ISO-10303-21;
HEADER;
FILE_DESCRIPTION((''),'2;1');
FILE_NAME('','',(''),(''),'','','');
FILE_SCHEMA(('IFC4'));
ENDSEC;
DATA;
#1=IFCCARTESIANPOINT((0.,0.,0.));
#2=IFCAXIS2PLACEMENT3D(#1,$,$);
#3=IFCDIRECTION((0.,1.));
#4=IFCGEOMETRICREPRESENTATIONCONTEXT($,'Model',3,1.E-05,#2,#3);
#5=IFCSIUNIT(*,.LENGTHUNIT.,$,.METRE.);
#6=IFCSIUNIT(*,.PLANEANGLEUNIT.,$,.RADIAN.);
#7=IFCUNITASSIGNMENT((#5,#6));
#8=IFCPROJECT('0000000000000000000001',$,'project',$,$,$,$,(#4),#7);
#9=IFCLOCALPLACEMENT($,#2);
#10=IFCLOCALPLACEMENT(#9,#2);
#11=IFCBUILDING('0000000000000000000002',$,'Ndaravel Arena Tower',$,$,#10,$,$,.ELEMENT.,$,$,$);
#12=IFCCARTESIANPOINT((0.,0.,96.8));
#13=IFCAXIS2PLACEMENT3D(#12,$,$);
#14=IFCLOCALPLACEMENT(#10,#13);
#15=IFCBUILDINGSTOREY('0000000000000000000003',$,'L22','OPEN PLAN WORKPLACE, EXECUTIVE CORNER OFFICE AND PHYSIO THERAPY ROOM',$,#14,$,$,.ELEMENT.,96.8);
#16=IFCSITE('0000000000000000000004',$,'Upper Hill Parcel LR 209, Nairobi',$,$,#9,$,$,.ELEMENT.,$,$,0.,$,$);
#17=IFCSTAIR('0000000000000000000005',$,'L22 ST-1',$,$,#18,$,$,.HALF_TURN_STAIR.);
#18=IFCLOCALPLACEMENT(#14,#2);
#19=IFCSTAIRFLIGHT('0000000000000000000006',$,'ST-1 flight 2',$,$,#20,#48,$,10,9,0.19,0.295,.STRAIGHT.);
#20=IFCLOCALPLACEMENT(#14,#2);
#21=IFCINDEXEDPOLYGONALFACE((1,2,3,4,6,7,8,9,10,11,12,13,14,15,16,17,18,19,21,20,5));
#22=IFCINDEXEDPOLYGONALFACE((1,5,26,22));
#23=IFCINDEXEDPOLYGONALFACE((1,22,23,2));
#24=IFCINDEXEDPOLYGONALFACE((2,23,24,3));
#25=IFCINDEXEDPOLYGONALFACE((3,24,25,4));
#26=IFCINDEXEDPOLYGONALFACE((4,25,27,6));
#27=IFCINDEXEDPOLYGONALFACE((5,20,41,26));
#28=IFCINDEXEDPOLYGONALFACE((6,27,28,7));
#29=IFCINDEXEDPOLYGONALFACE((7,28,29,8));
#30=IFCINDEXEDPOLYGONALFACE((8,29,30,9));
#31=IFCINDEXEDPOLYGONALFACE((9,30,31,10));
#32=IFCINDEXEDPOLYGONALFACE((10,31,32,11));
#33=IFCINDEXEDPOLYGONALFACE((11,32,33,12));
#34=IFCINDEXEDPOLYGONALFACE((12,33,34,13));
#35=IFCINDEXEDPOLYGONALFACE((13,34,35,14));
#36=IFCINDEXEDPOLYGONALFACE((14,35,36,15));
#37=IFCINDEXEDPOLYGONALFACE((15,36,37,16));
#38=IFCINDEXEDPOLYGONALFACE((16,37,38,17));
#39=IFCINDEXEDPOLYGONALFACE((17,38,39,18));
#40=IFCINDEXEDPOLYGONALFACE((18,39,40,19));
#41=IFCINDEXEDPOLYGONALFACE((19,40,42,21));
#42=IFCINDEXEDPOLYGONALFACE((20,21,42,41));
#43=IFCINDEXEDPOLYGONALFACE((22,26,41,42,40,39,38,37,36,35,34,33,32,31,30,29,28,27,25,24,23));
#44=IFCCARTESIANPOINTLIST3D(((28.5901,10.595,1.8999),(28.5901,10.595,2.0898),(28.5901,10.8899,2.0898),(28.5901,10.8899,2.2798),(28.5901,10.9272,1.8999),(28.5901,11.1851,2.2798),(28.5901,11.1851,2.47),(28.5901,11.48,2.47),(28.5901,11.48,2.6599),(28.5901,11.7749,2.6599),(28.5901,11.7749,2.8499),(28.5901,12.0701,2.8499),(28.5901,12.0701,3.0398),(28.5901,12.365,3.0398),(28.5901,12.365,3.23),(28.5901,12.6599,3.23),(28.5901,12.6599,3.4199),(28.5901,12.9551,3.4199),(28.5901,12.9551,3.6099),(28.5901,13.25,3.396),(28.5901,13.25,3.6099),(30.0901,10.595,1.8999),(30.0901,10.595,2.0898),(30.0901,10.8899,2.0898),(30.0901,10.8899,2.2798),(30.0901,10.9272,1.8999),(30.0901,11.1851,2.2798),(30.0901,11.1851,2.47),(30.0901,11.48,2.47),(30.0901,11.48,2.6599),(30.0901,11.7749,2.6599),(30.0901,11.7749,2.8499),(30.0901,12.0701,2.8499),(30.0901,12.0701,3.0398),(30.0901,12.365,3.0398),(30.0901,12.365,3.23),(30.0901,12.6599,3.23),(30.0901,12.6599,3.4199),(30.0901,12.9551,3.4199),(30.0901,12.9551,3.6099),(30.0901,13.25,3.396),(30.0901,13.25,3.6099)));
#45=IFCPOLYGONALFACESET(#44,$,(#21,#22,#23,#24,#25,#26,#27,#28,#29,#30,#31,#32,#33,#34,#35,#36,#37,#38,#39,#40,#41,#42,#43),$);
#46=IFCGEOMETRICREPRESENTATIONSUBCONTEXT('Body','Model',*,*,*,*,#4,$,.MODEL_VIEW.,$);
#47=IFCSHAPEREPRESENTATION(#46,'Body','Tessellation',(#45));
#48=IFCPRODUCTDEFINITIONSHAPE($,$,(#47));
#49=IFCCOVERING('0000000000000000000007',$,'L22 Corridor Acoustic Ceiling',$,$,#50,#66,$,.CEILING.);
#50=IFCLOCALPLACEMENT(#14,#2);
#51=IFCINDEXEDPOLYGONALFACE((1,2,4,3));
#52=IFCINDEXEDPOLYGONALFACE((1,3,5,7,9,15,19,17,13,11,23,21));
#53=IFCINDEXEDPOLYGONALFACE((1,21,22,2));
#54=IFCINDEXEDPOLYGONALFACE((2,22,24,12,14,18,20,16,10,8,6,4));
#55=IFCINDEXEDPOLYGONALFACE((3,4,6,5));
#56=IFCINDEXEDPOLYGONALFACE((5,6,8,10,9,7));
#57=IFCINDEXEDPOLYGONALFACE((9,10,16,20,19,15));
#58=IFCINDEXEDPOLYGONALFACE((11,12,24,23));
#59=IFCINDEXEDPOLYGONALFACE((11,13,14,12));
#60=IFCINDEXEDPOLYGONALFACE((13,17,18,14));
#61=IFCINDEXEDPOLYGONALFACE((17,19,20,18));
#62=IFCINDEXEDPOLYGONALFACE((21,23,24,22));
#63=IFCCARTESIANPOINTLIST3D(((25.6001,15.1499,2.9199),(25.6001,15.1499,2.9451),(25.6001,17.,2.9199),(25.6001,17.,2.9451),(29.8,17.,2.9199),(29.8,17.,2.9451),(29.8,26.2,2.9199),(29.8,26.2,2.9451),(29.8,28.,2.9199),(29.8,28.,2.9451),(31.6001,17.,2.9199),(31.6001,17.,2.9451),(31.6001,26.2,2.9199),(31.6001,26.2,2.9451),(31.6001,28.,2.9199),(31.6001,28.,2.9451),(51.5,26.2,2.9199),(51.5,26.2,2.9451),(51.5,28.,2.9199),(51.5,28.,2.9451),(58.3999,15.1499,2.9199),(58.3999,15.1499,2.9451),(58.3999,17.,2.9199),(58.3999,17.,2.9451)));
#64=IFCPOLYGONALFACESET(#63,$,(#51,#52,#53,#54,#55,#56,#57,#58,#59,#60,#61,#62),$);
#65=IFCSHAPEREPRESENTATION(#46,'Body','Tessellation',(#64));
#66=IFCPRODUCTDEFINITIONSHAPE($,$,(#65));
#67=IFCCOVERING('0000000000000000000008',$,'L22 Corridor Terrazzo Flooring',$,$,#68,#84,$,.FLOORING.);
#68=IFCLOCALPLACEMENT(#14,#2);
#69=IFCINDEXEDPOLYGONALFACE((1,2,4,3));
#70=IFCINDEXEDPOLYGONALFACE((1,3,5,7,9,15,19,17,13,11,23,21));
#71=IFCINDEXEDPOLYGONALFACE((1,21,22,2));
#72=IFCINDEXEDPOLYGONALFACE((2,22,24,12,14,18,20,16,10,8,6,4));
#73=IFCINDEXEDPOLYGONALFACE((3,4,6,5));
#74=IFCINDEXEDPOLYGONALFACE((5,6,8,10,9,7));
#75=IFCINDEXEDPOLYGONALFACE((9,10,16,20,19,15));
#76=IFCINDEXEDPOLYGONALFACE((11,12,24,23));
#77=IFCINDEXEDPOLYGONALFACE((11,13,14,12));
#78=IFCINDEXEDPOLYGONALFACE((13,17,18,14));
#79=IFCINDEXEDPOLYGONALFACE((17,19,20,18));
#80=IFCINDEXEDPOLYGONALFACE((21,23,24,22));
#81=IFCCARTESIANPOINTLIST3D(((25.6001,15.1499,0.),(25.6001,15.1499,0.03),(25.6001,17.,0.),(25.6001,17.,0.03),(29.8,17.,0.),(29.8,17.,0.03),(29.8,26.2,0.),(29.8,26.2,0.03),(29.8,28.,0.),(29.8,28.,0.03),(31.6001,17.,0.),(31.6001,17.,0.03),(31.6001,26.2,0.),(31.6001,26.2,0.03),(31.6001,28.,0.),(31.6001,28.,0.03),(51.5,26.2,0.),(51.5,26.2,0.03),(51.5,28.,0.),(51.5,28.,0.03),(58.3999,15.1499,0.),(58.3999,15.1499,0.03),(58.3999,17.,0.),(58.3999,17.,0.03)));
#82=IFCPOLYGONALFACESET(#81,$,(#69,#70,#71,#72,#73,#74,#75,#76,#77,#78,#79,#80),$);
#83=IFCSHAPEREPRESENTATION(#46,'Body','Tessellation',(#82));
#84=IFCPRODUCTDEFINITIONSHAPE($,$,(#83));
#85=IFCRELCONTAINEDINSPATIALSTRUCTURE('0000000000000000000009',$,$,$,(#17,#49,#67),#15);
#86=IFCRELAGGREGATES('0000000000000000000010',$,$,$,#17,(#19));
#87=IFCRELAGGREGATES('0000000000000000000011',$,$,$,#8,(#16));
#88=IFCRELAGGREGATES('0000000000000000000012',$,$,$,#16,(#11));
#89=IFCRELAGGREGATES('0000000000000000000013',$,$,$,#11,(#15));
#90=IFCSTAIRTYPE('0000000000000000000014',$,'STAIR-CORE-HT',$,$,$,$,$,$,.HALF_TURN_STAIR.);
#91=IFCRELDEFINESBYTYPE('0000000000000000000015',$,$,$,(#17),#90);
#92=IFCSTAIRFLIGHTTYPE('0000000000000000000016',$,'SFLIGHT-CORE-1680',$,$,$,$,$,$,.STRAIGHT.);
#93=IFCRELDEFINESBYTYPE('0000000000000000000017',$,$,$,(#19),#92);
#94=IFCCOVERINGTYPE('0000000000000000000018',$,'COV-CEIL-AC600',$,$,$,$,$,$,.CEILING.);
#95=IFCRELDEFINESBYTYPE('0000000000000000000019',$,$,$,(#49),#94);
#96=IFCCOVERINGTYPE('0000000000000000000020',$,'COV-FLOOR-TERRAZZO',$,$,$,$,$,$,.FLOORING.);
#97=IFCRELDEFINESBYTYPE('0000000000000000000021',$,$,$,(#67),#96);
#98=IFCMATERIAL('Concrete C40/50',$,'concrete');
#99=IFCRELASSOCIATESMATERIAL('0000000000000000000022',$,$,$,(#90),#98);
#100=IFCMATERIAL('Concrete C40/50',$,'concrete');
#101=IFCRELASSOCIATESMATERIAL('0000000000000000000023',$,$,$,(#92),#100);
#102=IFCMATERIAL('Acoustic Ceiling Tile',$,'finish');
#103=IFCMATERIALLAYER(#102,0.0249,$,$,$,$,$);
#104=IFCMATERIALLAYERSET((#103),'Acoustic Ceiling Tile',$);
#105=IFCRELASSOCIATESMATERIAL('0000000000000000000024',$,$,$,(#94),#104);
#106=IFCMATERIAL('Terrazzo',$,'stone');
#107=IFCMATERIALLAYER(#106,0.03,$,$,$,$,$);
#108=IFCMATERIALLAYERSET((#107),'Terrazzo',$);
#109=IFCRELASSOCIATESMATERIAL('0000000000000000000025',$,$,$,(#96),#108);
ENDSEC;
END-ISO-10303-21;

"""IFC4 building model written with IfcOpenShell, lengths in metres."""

from ifc_helpers import new_model, si_unit, direction, frame, origin, place, context, subcontext, project, spatial, polyline, outline, extrude, material, layer, layer_set, type_object, element, aggregate, save


model = new_model("IFC4")

# Units and contexts
model_context = context("Model", 3, precision=1e-05, world=origin(), true_north=direction((0.0, 1.0)))
body_context = subcontext(model_context, "Body", "Model", "MODEL_VIEW")
ifc_project = project(units=[si_unit("LENGTHUNIT", "METRE"), si_unit("PLANEANGLEUNIT", "RADIAN")], contexts=[model_context])

# Site, building, storey
site_placement = place(None, origin())
site = spatial("IfcSite", under=ifc_project, at=site_placement, Name="Upper Hill Parcel LR 209, Nairobi", CompositionType="ELEMENT", RefElevation=0.0)
building_placement = place(site_placement, origin())
building = spatial("IfcBuilding", under=site, at=building_placement, Name="Ndaravel Arena Tower", CompositionType="ELEMENT")
storey_placement = place(building_placement, frame((0.0, 0.0, 96.8)))
storey = spatial("IfcBuildingStorey", under=building, at=storey_placement, Name="L22", Description="OPEN PLAN WORKPLACE, EXECUTIVE CORNER OFFICE AND PHYSIO THERAPY ROOM", CompositionType="ELEMENT", Elevation=96.8)

# Stair
ifc_material_1 = material(Name="Concrete C40/50", Category="concrete")
stair_type = type_object("IfcStairType", Name="STAIR-CORE-HT", PredefinedType="HALF_TURN_STAIR", material=ifc_material_1)
stair_1_placement = place(storey_placement, origin())
stair_1 = element("IfcStair", 1, at=stair_1_placement, inside=storey, type_object=stair_type, Name="L22 ST-1", PredefinedType="HALF_TURN_STAIR")

# Stair flight
ifc_material_2 = material(Name="Concrete C40/50", Category="concrete")
stair_flight_type = type_object("IfcStairFlightType", Name="SFLIGHT-CORE-1680", PredefinedType="STRAIGHT", material=ifc_material_2)
stair_flight_1_placement = place(storey_placement, frame((29.3401, 10.595, 1.8999), z_axis=(0.0, 0.0, 1.0), x_axis=(0.0, 1.0, 0.0)))
stair_flight_1 = element("IfcStairFlight", 2, at=stair_flight_1_placement, type_object=stair_flight_type, Name="ST-1 flight 2", NumberOfRisers=10, NumberOfTreads=9, PredefinedType="STRAIGHT", RiserHeight=0.19, TreadLength=0.295, context=body_context, shape_type="SweptSolid", body=[
    extrude(outline(polyline([(0.0, 0.0), (0.0, 0.1899), (0.2949, 0.1899), (0.2949, 0.3799), (0.5901, 0.3799), (0.5901, 0.5701), (0.885, 0.5701), (0.885, 0.76), (1.1799, 0.76), (1.1799, 0.95), (1.4751, 0.95), (1.4751, 1.1399), (1.77, 1.1399), (1.77, 1.3301), (2.0649, 1.3301), (2.0649, 1.52), (2.3601, 1.52), (2.3601, 1.71), (2.655, 1.71), (2.655, 1.8999), (2.655, 1.4961), (0.3323, 0.0), (0.0, 0.0)])), frame((0.0, 0.75, 0.0), z_axis=(0.0, -1.0, 0.0), x_axis=(1.0, 0.0, 0.0)), (0.0, 0.0, 1.0), 1.5),
])
aggregate(stair_1, [stair_flight_1])

# Coverings
ifc_material_3 = material(Name="Acoustic Ceiling Tile", Category="finish")
ifc_layer_1 = layer(ifc_material_3, 0.0249)
ifc_layer_set_1 = layer_set([ifc_layer_1], Name="Acoustic Ceiling Tile")
covering_type_1 = type_object("IfcCoveringType", Name="COV-CEIL-AC600", PredefinedType="CEILING", material=ifc_layer_set_1)
covering_1_placement = place(storey_placement, frame((0.0, 0.0, 2.9199)))
element("IfcCovering", 3, at=covering_1_placement, inside=storey, type_object=covering_type_1, Name="L22 Corridor Acoustic Ceiling", PredefinedType="CEILING", context=body_context, shape_type="SweptSolid", body=[
    extrude(outline(polyline([(58.3999, 17.0), (31.6001, 17.0), (31.6001, 26.2), (51.5, 26.2), (51.5, 28.0), (31.6001, 28.0), (29.8, 28.0), (29.8, 26.2), (29.8, 17.0), (25.6001, 17.0), (25.6001, 15.1499), (58.3999, 15.1499), (58.3999, 17.0)])), origin(), (0.0, 0.0, 1.0), 0.0251),
])
ifc_material_4 = material(Name="Terrazzo", Category="stone")
ifc_layer_2 = layer(ifc_material_4, 0.03)
ifc_layer_set_2 = layer_set([ifc_layer_2], Name="Terrazzo")
covering_type_2 = type_object("IfcCoveringType", Name="COV-FLOOR-TERRAZZO", PredefinedType="FLOORING", material=ifc_layer_set_2)
covering_2_placement = place(storey_placement, origin())
element("IfcCovering", 4, at=covering_2_placement, inside=storey, type_object=covering_type_2, Name="L22 Corridor Terrazzo Flooring", PredefinedType="FLOORING", context=body_context, shape_type="SweptSolid", body=[
    extrude(outline(polyline([(58.3999, 17.0), (31.6001, 17.0), (31.6001, 26.2), (51.5, 26.2), (51.5, 28.0), (31.6001, 28.0), (29.8, 28.0), (29.8, 26.2), (29.8, 17.0), (25.6001, 17.0), (25.6001, 15.1499), (58.3999, 15.1499), (58.3999, 17.0)])), origin(), (0.0, 0.0, 1.0), 0.03),
])

save(model, "model.ifc")
